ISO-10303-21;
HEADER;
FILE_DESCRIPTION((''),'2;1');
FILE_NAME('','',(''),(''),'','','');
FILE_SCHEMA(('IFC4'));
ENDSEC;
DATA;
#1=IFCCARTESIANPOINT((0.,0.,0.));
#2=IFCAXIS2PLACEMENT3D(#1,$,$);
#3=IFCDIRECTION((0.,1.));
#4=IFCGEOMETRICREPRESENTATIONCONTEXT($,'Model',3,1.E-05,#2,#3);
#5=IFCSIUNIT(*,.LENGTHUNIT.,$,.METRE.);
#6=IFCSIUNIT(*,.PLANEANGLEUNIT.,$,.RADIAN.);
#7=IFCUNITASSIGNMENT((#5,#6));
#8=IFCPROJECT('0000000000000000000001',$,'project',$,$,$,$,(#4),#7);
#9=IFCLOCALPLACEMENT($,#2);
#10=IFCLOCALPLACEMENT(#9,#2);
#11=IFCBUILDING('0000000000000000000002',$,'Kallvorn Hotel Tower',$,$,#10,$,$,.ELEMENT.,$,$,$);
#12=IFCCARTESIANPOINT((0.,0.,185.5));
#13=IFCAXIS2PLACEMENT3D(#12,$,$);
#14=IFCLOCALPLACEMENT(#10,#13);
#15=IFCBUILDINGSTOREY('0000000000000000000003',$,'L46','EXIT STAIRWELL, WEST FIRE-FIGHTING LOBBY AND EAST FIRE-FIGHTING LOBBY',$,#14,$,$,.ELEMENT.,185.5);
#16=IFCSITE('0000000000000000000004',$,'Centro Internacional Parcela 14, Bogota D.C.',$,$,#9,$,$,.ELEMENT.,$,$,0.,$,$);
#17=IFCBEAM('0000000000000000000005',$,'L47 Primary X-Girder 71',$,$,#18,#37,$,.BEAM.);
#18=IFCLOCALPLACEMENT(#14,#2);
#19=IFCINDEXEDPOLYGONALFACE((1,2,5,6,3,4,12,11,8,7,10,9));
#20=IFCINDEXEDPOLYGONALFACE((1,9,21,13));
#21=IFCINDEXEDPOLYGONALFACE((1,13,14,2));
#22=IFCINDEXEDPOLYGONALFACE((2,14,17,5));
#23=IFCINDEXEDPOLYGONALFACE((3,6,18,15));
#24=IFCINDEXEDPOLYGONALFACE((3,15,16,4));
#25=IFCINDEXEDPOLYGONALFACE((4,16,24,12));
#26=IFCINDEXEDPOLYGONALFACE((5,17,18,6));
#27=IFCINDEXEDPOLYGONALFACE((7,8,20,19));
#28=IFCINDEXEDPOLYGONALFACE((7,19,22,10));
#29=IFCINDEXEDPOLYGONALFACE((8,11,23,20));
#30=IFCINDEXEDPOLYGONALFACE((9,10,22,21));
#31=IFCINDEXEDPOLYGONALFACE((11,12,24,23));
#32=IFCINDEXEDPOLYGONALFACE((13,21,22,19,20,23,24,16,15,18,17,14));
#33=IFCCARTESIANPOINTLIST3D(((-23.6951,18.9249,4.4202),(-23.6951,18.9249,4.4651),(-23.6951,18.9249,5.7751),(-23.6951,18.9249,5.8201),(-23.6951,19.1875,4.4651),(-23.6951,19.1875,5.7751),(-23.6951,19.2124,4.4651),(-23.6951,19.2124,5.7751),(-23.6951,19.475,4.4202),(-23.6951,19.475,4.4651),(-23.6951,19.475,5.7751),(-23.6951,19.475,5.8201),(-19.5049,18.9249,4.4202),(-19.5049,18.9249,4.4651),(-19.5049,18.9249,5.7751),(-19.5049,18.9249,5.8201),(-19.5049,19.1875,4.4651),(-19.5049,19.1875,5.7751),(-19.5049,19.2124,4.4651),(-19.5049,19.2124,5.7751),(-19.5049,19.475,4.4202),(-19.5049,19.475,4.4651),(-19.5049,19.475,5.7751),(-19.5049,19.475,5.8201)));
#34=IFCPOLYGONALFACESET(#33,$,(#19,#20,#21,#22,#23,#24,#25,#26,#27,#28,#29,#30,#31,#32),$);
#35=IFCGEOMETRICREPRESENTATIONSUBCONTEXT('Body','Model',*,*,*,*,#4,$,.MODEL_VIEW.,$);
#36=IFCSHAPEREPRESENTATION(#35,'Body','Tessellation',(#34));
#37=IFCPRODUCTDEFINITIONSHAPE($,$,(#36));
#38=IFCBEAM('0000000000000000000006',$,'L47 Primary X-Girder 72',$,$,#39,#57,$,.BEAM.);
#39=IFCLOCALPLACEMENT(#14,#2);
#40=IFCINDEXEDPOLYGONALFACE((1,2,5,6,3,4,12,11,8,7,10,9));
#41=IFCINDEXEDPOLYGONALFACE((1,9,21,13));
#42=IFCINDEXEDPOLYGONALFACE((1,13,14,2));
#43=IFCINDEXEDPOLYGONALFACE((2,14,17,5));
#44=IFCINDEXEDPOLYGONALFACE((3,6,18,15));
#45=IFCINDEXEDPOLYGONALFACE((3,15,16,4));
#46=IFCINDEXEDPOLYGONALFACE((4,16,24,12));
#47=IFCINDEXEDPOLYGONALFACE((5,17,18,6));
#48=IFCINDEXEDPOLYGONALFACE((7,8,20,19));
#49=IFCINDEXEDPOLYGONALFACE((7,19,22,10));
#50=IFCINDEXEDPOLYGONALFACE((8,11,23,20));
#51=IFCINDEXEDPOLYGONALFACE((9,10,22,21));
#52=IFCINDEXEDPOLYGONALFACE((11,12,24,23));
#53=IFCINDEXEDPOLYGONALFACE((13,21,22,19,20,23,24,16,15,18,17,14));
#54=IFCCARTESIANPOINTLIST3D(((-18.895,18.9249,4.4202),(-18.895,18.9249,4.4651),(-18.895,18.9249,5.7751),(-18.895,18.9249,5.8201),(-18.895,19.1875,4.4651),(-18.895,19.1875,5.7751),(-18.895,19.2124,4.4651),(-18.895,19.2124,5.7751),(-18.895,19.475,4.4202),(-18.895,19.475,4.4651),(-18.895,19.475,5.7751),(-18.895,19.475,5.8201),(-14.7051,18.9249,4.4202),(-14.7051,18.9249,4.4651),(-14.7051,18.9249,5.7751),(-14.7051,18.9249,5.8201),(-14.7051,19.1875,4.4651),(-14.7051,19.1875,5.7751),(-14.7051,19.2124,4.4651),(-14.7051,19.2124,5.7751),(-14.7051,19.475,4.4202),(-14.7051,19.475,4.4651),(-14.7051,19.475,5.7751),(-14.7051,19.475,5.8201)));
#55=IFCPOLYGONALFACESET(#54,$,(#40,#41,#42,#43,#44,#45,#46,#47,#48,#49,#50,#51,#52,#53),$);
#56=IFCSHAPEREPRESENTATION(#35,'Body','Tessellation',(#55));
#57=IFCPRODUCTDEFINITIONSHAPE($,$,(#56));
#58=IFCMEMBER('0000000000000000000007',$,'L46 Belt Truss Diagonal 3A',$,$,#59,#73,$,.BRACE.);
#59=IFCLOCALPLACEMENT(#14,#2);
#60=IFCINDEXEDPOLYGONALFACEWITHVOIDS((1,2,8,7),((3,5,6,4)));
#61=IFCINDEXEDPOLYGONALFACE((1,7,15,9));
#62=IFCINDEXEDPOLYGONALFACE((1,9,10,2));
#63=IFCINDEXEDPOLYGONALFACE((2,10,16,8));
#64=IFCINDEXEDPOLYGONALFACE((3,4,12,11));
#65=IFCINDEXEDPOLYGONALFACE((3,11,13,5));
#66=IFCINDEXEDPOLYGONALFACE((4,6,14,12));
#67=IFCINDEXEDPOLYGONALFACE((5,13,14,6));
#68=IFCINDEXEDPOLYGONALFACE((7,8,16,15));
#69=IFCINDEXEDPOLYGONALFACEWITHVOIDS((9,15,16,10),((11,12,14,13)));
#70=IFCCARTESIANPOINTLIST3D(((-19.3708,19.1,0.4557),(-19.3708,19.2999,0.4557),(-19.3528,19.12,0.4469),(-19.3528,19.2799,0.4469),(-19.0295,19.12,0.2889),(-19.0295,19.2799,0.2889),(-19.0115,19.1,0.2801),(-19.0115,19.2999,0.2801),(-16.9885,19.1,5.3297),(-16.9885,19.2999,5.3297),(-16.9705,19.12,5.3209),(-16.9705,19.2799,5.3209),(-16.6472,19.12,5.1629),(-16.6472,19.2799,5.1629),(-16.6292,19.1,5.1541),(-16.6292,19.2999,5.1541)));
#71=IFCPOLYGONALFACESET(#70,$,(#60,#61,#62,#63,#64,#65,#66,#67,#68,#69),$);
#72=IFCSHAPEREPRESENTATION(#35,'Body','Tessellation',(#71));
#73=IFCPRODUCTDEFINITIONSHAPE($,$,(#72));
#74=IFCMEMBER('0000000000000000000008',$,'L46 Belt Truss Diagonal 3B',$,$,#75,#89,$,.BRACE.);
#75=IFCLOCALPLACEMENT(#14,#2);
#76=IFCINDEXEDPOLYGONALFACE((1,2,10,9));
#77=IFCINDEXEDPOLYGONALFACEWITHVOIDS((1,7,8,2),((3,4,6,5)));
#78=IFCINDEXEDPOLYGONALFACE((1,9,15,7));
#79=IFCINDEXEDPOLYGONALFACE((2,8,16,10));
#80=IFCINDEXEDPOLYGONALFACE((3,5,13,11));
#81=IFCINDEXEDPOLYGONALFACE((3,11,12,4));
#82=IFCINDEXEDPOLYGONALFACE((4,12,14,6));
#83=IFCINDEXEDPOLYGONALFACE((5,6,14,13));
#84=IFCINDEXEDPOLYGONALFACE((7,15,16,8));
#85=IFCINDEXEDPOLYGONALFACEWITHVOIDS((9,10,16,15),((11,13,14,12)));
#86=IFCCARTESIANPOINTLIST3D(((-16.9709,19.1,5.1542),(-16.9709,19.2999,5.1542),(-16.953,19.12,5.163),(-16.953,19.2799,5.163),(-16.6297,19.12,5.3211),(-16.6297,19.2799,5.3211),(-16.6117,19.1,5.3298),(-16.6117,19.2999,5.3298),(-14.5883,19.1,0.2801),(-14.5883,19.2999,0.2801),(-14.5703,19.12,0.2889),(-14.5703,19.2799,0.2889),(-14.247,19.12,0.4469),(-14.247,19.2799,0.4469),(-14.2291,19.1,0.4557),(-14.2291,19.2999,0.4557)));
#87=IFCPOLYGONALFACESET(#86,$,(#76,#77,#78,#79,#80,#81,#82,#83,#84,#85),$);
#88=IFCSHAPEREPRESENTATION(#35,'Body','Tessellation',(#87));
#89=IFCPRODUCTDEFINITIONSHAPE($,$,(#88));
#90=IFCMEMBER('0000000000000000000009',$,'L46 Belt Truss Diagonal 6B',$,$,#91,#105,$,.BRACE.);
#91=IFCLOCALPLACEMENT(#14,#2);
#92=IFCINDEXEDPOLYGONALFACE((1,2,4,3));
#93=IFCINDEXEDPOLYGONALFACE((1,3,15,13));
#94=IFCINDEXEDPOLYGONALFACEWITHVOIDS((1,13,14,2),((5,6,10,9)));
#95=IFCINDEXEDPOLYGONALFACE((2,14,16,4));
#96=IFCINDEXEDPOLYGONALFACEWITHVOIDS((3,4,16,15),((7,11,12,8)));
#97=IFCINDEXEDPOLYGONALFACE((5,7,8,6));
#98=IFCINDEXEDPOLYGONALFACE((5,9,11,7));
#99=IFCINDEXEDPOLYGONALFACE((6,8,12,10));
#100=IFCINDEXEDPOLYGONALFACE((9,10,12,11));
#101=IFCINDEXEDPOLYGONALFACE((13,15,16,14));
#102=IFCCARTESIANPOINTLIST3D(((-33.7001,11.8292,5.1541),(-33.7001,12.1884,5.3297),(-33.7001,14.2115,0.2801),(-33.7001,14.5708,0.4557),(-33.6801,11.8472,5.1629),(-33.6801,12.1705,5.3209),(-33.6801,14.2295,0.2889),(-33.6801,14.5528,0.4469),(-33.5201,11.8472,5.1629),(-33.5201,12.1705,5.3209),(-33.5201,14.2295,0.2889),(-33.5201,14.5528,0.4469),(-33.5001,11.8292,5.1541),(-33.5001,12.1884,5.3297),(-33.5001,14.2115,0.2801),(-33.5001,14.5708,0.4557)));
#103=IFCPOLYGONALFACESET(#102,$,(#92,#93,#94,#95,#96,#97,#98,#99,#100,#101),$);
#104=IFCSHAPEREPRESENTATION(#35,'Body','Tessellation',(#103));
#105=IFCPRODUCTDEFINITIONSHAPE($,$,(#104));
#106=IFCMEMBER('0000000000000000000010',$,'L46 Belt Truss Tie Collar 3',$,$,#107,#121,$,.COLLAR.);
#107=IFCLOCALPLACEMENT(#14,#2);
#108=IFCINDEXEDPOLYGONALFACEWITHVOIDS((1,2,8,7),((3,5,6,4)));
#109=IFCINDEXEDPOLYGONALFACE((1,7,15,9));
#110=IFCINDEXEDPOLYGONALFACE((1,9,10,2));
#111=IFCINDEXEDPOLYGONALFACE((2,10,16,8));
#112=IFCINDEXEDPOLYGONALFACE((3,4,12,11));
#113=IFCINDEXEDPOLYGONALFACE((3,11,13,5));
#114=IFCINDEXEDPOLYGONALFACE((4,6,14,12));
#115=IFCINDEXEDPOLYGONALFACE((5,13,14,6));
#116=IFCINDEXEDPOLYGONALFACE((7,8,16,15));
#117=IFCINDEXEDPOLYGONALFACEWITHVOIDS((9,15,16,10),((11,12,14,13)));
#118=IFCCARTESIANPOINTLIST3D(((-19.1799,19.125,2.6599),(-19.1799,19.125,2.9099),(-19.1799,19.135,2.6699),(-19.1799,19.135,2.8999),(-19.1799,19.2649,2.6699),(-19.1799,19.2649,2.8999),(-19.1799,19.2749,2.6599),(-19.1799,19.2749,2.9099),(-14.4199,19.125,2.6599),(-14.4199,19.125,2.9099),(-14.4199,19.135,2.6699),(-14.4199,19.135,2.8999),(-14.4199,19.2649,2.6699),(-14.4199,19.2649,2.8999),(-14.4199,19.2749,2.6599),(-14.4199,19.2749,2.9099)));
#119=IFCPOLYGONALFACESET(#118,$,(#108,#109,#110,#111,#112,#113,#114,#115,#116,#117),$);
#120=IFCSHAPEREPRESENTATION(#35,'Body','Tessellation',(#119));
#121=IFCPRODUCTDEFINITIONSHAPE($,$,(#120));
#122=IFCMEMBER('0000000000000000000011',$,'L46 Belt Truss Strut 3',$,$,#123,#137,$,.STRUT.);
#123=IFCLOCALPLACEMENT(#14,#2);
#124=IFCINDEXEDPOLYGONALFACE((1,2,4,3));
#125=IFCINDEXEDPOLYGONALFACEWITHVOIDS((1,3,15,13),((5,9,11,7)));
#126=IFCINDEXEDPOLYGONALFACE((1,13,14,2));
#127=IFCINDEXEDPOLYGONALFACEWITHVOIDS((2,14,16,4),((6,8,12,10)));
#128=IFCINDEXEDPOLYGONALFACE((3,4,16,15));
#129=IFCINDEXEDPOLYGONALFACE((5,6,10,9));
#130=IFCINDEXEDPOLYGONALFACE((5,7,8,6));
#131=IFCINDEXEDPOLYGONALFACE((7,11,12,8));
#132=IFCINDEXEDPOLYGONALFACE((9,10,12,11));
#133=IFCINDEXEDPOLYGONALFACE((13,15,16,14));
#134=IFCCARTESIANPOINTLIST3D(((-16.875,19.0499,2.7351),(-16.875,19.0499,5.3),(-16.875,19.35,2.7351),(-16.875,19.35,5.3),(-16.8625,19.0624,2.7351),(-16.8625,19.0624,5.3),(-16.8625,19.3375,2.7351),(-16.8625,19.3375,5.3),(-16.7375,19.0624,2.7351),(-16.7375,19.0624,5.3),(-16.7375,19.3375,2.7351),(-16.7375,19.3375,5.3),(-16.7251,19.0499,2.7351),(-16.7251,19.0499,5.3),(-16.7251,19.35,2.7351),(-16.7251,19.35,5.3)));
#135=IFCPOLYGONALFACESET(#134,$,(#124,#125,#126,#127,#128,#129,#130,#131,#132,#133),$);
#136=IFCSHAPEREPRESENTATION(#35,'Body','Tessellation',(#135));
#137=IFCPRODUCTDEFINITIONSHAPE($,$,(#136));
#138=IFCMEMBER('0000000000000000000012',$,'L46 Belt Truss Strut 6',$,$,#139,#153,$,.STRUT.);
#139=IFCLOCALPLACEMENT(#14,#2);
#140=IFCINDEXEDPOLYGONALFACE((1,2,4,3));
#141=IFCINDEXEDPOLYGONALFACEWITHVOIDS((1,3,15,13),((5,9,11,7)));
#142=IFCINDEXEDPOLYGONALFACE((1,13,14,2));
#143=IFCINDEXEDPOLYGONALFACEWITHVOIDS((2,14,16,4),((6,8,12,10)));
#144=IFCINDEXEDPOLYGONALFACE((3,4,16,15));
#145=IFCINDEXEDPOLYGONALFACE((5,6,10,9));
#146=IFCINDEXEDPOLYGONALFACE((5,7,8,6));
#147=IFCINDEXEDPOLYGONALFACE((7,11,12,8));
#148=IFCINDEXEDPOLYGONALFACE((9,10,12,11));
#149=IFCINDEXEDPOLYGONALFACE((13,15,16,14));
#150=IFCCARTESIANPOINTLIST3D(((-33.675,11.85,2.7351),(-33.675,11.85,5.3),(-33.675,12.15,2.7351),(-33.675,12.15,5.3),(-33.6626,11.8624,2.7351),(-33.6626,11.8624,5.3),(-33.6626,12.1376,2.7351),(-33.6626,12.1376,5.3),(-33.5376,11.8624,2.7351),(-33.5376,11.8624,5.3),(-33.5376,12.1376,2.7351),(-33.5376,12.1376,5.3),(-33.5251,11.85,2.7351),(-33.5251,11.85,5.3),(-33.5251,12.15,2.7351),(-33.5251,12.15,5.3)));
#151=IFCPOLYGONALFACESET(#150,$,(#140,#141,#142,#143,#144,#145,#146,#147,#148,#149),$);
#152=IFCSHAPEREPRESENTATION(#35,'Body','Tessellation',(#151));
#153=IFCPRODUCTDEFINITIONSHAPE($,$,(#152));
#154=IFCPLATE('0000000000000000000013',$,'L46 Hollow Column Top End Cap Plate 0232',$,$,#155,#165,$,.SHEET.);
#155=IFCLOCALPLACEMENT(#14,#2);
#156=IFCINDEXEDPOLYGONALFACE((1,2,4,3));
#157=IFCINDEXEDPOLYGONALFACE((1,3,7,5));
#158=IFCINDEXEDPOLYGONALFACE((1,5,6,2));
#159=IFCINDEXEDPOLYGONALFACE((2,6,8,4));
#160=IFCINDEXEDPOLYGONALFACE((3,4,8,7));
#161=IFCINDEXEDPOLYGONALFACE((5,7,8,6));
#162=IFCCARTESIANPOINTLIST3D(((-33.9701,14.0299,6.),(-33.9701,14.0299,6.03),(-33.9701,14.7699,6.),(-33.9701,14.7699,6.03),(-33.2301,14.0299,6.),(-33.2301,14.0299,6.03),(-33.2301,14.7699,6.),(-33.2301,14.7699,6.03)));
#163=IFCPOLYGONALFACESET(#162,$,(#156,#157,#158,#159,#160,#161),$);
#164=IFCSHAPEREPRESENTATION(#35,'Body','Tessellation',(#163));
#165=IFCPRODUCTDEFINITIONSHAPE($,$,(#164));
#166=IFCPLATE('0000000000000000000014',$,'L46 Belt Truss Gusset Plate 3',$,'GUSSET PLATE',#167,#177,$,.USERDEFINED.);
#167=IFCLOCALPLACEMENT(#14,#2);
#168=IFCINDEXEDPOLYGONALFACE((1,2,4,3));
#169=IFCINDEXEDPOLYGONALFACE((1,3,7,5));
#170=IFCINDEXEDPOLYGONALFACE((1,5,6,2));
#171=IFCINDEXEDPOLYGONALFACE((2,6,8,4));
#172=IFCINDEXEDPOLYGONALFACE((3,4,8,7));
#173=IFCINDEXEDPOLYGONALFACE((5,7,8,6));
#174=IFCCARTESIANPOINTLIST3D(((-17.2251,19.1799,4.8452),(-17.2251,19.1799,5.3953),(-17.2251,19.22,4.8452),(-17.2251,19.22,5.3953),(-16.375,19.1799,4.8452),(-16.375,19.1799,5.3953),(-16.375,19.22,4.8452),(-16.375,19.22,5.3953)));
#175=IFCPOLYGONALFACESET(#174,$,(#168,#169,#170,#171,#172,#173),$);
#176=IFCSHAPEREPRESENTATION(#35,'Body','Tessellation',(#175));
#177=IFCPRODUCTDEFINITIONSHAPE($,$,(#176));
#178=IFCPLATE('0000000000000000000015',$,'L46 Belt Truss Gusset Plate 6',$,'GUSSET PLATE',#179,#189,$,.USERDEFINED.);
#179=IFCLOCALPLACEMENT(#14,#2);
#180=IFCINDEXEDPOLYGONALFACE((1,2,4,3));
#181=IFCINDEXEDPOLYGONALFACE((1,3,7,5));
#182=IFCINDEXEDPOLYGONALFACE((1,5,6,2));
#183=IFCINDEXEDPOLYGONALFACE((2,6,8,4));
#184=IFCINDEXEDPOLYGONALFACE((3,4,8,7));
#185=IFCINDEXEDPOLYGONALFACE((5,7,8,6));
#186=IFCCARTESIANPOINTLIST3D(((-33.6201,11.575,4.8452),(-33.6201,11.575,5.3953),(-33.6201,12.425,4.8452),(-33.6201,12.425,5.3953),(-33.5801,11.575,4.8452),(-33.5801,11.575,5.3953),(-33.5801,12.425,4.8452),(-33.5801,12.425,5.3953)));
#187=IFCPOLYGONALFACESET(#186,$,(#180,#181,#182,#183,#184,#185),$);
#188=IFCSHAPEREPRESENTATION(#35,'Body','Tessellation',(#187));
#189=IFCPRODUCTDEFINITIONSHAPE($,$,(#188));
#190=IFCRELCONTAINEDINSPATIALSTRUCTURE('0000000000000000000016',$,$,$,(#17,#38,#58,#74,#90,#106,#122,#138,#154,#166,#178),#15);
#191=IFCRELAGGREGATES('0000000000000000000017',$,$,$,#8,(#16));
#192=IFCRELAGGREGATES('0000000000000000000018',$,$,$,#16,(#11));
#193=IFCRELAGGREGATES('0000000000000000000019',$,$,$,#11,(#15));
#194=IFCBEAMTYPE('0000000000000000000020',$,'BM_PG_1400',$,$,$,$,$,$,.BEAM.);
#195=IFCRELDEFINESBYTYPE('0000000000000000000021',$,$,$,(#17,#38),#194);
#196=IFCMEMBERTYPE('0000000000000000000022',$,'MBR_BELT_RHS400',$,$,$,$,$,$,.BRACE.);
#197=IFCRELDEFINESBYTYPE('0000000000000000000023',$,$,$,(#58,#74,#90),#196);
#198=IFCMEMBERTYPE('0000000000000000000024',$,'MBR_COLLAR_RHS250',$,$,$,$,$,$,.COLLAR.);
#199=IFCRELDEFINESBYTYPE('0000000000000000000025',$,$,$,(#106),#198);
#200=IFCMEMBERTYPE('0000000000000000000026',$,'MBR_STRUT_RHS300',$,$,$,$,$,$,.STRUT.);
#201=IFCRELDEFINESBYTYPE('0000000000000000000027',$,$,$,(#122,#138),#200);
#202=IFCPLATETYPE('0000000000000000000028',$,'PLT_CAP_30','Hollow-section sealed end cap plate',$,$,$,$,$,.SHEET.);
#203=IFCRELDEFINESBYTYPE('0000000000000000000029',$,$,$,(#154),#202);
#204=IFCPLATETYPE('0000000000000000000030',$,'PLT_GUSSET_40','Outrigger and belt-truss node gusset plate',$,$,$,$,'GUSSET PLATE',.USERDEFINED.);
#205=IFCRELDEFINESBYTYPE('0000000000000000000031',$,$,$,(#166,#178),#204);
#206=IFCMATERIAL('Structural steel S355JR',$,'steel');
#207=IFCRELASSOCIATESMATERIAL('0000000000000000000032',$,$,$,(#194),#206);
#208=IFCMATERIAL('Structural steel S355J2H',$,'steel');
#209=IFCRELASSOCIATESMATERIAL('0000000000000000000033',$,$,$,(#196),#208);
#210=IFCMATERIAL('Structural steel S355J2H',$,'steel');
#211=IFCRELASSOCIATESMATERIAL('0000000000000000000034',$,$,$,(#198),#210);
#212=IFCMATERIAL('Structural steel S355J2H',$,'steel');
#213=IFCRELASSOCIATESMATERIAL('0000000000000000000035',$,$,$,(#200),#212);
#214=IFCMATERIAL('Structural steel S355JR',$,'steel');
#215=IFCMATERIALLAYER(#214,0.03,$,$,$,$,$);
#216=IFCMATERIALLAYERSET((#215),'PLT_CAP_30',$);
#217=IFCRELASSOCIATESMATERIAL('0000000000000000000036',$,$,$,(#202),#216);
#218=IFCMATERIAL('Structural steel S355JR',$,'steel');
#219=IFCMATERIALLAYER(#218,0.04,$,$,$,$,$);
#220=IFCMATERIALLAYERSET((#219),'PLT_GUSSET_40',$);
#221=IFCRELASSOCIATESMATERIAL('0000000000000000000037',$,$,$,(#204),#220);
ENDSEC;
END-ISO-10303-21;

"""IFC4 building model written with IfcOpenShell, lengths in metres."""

from ifc_helpers import new_model, si_unit, direction, frame, origin, origin_2d, place, context, subcontext, project, spatial, rectangle, hollow_rectangle, i_section, extrude, material, layer, layer_set, material_profile, profile_set, type_object, element, save


model = new_model("IFC4")

# Units and contexts
model_context = context("Model", 3, precision=1e-05, world=origin(), true_north=direction((0.0, 1.0)))
body_context = subcontext(model_context, "Body", "Model", "MODEL_VIEW")
ifc_project = project(units=[si_unit("LENGTHUNIT", "METRE"), si_unit("PLANEANGLEUNIT", "RADIAN")], contexts=[model_context])

# Site, building, storey
site_placement = place(None, origin())
site = spatial("IfcSite", under=ifc_project, at=site_placement, Name="Centro Internacional Parcela 14, Bogota D.C.", CompositionType="ELEMENT", RefElevation=0.0)
building_placement = place(site_placement, origin())
building = spatial("IfcBuilding", under=site, at=building_placement, Name="Kallvorn Hotel Tower", CompositionType="ELEMENT")
storey_placement = place(building_placement, frame((0.0, 0.0, 185.5)))
storey = spatial("IfcBuildingStorey", under=building, at=storey_placement, Name="L46", Description="EXIT STAIRWELL, WEST FIRE-FIGHTING LOBBY AND EAST FIRE-FIGHTING LOBBY", CompositionType="ELEMENT", Elevation=185.5)

# Beams
ifc_material_1 = material(Name="Structural steel S355JR", Category="steel")
ifc_material_profile_1 = material_profile(ifc_material_1, i_section(OverallWidth=0.55, OverallDepth=1.3999, WebThickness=0.0249, FlangeThickness=0.0449, at=origin_2d()), Name="PG 1400x550x25x45")
ifc_profile_set_1 = profile_set([ifc_material_profile_1], Name="Structural steel S355JR")
beam_type_1 = type_object("IfcBeamType", Name="BM_PG_1400", PredefinedType="BEAM", material=ifc_profile_set_1)
beam_1_placement = place(storey_placement, frame((-23.6951, 19.2, 5.1201), z_axis=(1.0, 0.0, 0.0), x_axis=(0.0, 1.0, 0.0)))
element("IfcBeam", 1, at=beam_1_placement, inside=storey, type_object=beam_type_1, Name="L47 Primary X-Girder 71", PredefinedType="BEAM", context=body_context, shape_type="SweptSolid", body=[
    extrude(i_section(OverallWidth=0.55, OverallDepth=1.3999, WebThickness=0.0249, FlangeThickness=0.0449, at=origin_2d()), origin(), (0.0, 0.0, 1.0), 4.1902),
])
beam_2_placement = place(storey_placement, frame((-18.895, 19.2, 5.1201), z_axis=(1.0, 0.0, 0.0), x_axis=(0.0, 1.0, 0.0)))
element("IfcBeam", 2, at=beam_2_placement, inside=storey, type_object=beam_type_1, Name="L47 Primary X-Girder 72", PredefinedType="BEAM", context=body_context, shape_type="SweptSolid", body=[
    extrude(i_section(OverallWidth=0.55, OverallDepth=1.3999, WebThickness=0.0249, FlangeThickness=0.0449, at=origin_2d()), origin(), (0.0, 0.0, 1.0), 4.1899),
])

# Members
ifc_material_2 = material(Name="Structural steel S355J2H", Category="steel")
ifc_material_profile_2 = material_profile(ifc_material_2, hollow_rectangle(XDim=0.2, YDim=0.3999, WallThickness=0.02, at=origin_2d()), Name="RHS 400x200x20")
ifc_profile_set_2 = profile_set([ifc_material_profile_2], Name="Structural steel S355J2H")
member_type_1 = type_object("IfcMemberType", Name="MBR_BELT_RHS400", PredefinedType="BRACE", material=ifc_profile_set_2)
member_1_placement = place(storey_placement, frame((-19.1912, 19.2, 0.3679), z_axis=(0.439131, 0.0, 0.898423), x_axis=(0.0, 1.0, 0.0)))
element("IfcMember", 3, at=member_1_placement, inside=storey, type_object=member_type_1, Name="L46 Belt Truss Diagonal 3A", PredefinedType="BRACE", context=body_context, shape_type="SweptSolid", body=[
    extrude(hollow_rectangle(XDim=0.2, YDim=0.3999, WallThickness=0.02, at=origin_2d()), origin(), (0.0, 0.0, 1.0), 5.425),
])
member_2_placement = place(storey_placement, frame((-14.4087, 19.2, 0.3679), z_axis=(-0.439167, 0.0, 0.898405), x_axis=(0.0, -1.0, 0.0)))
element("IfcMember", 4, at=member_2_placement, inside=storey, type_object=member_type_1, Name="L46 Belt Truss Diagonal 3B", PredefinedType="BRACE", context=body_context, shape_type="SweptSolid", body=[
    extrude(hollow_rectangle(XDim=0.2, YDim=0.3999, WallThickness=0.02, at=origin_2d()), origin(), (0.0, 0.0, 1.0), 5.4253),
])
member_3_placement = place(storey_placement, frame((-33.6001, 14.3911, 0.3679), z_axis=(0.0, -0.439131, 0.898423), x_axis=(1.0, 0.0, 0.0)))
element("IfcMember", 5, at=member_3_placement, inside=storey, type_object=member_type_1, Name="L46 Belt Truss Diagonal 6B", PredefinedType="BRACE", context=body_context, shape_type="SweptSolid", body=[
    extrude(hollow_rectangle(XDim=0.2, YDim=0.3999, WallThickness=0.02, at=origin_2d()), origin(), (0.0, 0.0, 1.0), 5.425),
])
ifc_material_3 = material(Name="Structural steel S355J2H", Category="steel")
ifc_material_profile_3 = material_profile(ifc_material_3, hollow_rectangle(XDim=0.1499, YDim=0.25, WallThickness=0.01, at=origin_2d()), Name="RHS 250x150x10")
ifc_profile_set_3 = profile_set([ifc_material_profile_3], Name="Structural steel S355J2H")
member_type_2 = type_object("IfcMemberType", Name="MBR_COLLAR_RHS250", PredefinedType="COLLAR", material=ifc_profile_set_3)
member_4_placement = place(storey_placement, frame((-19.1799, 19.2, 2.7849), z_axis=(1.0, 0.0, 0.0), x_axis=(0.0, 1.0, 0.0)))
element("IfcMember", 6, at=member_4_placement, inside=storey, type_object=member_type_2, Name="L46 Belt Truss Tie Collar 3", PredefinedType="COLLAR", context=body_context, shape_type="SweptSolid", body=[
    extrude(hollow_rectangle(XDim=0.1499, YDim=0.25, WallThickness=0.01, at=origin_2d()), origin(), (0.0, 0.0, 1.0), 4.76),
])
ifc_material_4 = material(Name="Structural steel S355J2H", Category="steel")
ifc_material_profile_4 = material_profile(ifc_material_4, hollow_rectangle(XDim=0.1499, YDim=0.3, WallThickness=0.0125, at=origin_2d()), Name="RHS 300x150x12.5")
ifc_profile_set_4 = profile_set([ifc_material_profile_4], Name="Structural steel S355J2H")
member_type_3 = type_object("IfcMemberType", Name="MBR_STRUT_RHS300", PredefinedType="STRUT", material=ifc_profile_set_4)
for number, where, z_axis, x_axis, name in (
    (7, (-16.8, 19.2, 2.7351), (0.0, 0.0, 1.0), (1.0, 0.0, 0.0), "L46 Belt Truss Strut 3"),
    (8, (-33.6001, 12.0, 2.7351), (0.0, 0.0, 1.0), (1.0, 0.0, 0.0), "L46 Belt Truss Strut 6"),
):
    element("IfcMember", number, at=place(storey_placement, frame(where, z_axis=z_axis, x_axis=x_axis)), inside=storey, type_object=member_type_3, Name=name, PredefinedType="STRUT", context=body_context, shape_type="SweptSolid", body=[
        extrude(hollow_rectangle(XDim=0.1499, YDim=0.3, WallThickness=0.0125, at=origin_2d()), origin(), (0.0, 0.0, 1.0), 2.5649),
    ])

# Plates
ifc_material_5 = material(Name="Structural steel S355JR", Category="steel")
ifc_layer_1 = layer(ifc_material_5, 0.03)
ifc_layer_set_1 = layer_set([ifc_layer_1], Name="PLT_CAP_30")
plate_type_1 = type_object("IfcPlateType", Name="PLT_CAP_30", Description="Hollow-section sealed end cap plate", PredefinedType="SHEET", material=ifc_layer_set_1)
plate_placement = place(storey_placement, frame((-33.6001, 14.3999, 6.0), z_axis=(0.0, 0.0, 1.0), x_axis=(1.0, 0.0, 0.0)))
element("IfcPlate", 9, at=plate_placement, inside=storey, type_object=plate_type_1, Name="L46 Hollow Column Top End Cap Plate 0232", PredefinedType="SHEET", context=body_context, shape_type="SweptSolid", body=[
    extrude(rectangle(XDim=0.74, YDim=0.74, at=origin_2d()), origin(), (0.0, 0.0, 1.0), 0.03),
])
ifc_material_6 = material(Name="Structural steel S355JR", Category="steel")
ifc_layer_2 = layer(ifc_material_6, 0.04)
ifc_layer_set_2 = layer_set([ifc_layer_2], Name="PLT_GUSSET_40")
plate_type_2 = type_object("IfcPlateType", Name="PLT_GUSSET_40", Description="Outrigger and belt-truss node gusset plate", ElementType="GUSSET PLATE", PredefinedType="USERDEFINED", material=ifc_layer_set_2)
for number, where, z_axis, x_axis, name in (
    (10, (-16.8, 19.2, 4.8452), (0.0, 0.0, 1.0), (1.0, 0.0, 0.0), "L46 Belt Truss Gusset Plate 3"),
    (11, (-33.6001, 12.0, 4.8452), (0.0, 0.0, 1.0), (0.0, 1.0, 0.0), "L46 Belt Truss Gusset Plate 6"),
):
    element("IfcPlate", number, at=place(storey_placement, frame(where, z_axis=z_axis, x_axis=x_axis)), inside=storey, type_object=plate_type_2, Name=name, ObjectType="GUSSET PLATE", PredefinedType="USERDEFINED", context=body_context, shape_type="SweptSolid", body=[
        extrude(rectangle(XDim=0.8501, YDim=0.04, at=origin_2d()), origin(), (0.0, 0.0, 1.0), 0.55),
    ])

save(model, "model.ifc")
